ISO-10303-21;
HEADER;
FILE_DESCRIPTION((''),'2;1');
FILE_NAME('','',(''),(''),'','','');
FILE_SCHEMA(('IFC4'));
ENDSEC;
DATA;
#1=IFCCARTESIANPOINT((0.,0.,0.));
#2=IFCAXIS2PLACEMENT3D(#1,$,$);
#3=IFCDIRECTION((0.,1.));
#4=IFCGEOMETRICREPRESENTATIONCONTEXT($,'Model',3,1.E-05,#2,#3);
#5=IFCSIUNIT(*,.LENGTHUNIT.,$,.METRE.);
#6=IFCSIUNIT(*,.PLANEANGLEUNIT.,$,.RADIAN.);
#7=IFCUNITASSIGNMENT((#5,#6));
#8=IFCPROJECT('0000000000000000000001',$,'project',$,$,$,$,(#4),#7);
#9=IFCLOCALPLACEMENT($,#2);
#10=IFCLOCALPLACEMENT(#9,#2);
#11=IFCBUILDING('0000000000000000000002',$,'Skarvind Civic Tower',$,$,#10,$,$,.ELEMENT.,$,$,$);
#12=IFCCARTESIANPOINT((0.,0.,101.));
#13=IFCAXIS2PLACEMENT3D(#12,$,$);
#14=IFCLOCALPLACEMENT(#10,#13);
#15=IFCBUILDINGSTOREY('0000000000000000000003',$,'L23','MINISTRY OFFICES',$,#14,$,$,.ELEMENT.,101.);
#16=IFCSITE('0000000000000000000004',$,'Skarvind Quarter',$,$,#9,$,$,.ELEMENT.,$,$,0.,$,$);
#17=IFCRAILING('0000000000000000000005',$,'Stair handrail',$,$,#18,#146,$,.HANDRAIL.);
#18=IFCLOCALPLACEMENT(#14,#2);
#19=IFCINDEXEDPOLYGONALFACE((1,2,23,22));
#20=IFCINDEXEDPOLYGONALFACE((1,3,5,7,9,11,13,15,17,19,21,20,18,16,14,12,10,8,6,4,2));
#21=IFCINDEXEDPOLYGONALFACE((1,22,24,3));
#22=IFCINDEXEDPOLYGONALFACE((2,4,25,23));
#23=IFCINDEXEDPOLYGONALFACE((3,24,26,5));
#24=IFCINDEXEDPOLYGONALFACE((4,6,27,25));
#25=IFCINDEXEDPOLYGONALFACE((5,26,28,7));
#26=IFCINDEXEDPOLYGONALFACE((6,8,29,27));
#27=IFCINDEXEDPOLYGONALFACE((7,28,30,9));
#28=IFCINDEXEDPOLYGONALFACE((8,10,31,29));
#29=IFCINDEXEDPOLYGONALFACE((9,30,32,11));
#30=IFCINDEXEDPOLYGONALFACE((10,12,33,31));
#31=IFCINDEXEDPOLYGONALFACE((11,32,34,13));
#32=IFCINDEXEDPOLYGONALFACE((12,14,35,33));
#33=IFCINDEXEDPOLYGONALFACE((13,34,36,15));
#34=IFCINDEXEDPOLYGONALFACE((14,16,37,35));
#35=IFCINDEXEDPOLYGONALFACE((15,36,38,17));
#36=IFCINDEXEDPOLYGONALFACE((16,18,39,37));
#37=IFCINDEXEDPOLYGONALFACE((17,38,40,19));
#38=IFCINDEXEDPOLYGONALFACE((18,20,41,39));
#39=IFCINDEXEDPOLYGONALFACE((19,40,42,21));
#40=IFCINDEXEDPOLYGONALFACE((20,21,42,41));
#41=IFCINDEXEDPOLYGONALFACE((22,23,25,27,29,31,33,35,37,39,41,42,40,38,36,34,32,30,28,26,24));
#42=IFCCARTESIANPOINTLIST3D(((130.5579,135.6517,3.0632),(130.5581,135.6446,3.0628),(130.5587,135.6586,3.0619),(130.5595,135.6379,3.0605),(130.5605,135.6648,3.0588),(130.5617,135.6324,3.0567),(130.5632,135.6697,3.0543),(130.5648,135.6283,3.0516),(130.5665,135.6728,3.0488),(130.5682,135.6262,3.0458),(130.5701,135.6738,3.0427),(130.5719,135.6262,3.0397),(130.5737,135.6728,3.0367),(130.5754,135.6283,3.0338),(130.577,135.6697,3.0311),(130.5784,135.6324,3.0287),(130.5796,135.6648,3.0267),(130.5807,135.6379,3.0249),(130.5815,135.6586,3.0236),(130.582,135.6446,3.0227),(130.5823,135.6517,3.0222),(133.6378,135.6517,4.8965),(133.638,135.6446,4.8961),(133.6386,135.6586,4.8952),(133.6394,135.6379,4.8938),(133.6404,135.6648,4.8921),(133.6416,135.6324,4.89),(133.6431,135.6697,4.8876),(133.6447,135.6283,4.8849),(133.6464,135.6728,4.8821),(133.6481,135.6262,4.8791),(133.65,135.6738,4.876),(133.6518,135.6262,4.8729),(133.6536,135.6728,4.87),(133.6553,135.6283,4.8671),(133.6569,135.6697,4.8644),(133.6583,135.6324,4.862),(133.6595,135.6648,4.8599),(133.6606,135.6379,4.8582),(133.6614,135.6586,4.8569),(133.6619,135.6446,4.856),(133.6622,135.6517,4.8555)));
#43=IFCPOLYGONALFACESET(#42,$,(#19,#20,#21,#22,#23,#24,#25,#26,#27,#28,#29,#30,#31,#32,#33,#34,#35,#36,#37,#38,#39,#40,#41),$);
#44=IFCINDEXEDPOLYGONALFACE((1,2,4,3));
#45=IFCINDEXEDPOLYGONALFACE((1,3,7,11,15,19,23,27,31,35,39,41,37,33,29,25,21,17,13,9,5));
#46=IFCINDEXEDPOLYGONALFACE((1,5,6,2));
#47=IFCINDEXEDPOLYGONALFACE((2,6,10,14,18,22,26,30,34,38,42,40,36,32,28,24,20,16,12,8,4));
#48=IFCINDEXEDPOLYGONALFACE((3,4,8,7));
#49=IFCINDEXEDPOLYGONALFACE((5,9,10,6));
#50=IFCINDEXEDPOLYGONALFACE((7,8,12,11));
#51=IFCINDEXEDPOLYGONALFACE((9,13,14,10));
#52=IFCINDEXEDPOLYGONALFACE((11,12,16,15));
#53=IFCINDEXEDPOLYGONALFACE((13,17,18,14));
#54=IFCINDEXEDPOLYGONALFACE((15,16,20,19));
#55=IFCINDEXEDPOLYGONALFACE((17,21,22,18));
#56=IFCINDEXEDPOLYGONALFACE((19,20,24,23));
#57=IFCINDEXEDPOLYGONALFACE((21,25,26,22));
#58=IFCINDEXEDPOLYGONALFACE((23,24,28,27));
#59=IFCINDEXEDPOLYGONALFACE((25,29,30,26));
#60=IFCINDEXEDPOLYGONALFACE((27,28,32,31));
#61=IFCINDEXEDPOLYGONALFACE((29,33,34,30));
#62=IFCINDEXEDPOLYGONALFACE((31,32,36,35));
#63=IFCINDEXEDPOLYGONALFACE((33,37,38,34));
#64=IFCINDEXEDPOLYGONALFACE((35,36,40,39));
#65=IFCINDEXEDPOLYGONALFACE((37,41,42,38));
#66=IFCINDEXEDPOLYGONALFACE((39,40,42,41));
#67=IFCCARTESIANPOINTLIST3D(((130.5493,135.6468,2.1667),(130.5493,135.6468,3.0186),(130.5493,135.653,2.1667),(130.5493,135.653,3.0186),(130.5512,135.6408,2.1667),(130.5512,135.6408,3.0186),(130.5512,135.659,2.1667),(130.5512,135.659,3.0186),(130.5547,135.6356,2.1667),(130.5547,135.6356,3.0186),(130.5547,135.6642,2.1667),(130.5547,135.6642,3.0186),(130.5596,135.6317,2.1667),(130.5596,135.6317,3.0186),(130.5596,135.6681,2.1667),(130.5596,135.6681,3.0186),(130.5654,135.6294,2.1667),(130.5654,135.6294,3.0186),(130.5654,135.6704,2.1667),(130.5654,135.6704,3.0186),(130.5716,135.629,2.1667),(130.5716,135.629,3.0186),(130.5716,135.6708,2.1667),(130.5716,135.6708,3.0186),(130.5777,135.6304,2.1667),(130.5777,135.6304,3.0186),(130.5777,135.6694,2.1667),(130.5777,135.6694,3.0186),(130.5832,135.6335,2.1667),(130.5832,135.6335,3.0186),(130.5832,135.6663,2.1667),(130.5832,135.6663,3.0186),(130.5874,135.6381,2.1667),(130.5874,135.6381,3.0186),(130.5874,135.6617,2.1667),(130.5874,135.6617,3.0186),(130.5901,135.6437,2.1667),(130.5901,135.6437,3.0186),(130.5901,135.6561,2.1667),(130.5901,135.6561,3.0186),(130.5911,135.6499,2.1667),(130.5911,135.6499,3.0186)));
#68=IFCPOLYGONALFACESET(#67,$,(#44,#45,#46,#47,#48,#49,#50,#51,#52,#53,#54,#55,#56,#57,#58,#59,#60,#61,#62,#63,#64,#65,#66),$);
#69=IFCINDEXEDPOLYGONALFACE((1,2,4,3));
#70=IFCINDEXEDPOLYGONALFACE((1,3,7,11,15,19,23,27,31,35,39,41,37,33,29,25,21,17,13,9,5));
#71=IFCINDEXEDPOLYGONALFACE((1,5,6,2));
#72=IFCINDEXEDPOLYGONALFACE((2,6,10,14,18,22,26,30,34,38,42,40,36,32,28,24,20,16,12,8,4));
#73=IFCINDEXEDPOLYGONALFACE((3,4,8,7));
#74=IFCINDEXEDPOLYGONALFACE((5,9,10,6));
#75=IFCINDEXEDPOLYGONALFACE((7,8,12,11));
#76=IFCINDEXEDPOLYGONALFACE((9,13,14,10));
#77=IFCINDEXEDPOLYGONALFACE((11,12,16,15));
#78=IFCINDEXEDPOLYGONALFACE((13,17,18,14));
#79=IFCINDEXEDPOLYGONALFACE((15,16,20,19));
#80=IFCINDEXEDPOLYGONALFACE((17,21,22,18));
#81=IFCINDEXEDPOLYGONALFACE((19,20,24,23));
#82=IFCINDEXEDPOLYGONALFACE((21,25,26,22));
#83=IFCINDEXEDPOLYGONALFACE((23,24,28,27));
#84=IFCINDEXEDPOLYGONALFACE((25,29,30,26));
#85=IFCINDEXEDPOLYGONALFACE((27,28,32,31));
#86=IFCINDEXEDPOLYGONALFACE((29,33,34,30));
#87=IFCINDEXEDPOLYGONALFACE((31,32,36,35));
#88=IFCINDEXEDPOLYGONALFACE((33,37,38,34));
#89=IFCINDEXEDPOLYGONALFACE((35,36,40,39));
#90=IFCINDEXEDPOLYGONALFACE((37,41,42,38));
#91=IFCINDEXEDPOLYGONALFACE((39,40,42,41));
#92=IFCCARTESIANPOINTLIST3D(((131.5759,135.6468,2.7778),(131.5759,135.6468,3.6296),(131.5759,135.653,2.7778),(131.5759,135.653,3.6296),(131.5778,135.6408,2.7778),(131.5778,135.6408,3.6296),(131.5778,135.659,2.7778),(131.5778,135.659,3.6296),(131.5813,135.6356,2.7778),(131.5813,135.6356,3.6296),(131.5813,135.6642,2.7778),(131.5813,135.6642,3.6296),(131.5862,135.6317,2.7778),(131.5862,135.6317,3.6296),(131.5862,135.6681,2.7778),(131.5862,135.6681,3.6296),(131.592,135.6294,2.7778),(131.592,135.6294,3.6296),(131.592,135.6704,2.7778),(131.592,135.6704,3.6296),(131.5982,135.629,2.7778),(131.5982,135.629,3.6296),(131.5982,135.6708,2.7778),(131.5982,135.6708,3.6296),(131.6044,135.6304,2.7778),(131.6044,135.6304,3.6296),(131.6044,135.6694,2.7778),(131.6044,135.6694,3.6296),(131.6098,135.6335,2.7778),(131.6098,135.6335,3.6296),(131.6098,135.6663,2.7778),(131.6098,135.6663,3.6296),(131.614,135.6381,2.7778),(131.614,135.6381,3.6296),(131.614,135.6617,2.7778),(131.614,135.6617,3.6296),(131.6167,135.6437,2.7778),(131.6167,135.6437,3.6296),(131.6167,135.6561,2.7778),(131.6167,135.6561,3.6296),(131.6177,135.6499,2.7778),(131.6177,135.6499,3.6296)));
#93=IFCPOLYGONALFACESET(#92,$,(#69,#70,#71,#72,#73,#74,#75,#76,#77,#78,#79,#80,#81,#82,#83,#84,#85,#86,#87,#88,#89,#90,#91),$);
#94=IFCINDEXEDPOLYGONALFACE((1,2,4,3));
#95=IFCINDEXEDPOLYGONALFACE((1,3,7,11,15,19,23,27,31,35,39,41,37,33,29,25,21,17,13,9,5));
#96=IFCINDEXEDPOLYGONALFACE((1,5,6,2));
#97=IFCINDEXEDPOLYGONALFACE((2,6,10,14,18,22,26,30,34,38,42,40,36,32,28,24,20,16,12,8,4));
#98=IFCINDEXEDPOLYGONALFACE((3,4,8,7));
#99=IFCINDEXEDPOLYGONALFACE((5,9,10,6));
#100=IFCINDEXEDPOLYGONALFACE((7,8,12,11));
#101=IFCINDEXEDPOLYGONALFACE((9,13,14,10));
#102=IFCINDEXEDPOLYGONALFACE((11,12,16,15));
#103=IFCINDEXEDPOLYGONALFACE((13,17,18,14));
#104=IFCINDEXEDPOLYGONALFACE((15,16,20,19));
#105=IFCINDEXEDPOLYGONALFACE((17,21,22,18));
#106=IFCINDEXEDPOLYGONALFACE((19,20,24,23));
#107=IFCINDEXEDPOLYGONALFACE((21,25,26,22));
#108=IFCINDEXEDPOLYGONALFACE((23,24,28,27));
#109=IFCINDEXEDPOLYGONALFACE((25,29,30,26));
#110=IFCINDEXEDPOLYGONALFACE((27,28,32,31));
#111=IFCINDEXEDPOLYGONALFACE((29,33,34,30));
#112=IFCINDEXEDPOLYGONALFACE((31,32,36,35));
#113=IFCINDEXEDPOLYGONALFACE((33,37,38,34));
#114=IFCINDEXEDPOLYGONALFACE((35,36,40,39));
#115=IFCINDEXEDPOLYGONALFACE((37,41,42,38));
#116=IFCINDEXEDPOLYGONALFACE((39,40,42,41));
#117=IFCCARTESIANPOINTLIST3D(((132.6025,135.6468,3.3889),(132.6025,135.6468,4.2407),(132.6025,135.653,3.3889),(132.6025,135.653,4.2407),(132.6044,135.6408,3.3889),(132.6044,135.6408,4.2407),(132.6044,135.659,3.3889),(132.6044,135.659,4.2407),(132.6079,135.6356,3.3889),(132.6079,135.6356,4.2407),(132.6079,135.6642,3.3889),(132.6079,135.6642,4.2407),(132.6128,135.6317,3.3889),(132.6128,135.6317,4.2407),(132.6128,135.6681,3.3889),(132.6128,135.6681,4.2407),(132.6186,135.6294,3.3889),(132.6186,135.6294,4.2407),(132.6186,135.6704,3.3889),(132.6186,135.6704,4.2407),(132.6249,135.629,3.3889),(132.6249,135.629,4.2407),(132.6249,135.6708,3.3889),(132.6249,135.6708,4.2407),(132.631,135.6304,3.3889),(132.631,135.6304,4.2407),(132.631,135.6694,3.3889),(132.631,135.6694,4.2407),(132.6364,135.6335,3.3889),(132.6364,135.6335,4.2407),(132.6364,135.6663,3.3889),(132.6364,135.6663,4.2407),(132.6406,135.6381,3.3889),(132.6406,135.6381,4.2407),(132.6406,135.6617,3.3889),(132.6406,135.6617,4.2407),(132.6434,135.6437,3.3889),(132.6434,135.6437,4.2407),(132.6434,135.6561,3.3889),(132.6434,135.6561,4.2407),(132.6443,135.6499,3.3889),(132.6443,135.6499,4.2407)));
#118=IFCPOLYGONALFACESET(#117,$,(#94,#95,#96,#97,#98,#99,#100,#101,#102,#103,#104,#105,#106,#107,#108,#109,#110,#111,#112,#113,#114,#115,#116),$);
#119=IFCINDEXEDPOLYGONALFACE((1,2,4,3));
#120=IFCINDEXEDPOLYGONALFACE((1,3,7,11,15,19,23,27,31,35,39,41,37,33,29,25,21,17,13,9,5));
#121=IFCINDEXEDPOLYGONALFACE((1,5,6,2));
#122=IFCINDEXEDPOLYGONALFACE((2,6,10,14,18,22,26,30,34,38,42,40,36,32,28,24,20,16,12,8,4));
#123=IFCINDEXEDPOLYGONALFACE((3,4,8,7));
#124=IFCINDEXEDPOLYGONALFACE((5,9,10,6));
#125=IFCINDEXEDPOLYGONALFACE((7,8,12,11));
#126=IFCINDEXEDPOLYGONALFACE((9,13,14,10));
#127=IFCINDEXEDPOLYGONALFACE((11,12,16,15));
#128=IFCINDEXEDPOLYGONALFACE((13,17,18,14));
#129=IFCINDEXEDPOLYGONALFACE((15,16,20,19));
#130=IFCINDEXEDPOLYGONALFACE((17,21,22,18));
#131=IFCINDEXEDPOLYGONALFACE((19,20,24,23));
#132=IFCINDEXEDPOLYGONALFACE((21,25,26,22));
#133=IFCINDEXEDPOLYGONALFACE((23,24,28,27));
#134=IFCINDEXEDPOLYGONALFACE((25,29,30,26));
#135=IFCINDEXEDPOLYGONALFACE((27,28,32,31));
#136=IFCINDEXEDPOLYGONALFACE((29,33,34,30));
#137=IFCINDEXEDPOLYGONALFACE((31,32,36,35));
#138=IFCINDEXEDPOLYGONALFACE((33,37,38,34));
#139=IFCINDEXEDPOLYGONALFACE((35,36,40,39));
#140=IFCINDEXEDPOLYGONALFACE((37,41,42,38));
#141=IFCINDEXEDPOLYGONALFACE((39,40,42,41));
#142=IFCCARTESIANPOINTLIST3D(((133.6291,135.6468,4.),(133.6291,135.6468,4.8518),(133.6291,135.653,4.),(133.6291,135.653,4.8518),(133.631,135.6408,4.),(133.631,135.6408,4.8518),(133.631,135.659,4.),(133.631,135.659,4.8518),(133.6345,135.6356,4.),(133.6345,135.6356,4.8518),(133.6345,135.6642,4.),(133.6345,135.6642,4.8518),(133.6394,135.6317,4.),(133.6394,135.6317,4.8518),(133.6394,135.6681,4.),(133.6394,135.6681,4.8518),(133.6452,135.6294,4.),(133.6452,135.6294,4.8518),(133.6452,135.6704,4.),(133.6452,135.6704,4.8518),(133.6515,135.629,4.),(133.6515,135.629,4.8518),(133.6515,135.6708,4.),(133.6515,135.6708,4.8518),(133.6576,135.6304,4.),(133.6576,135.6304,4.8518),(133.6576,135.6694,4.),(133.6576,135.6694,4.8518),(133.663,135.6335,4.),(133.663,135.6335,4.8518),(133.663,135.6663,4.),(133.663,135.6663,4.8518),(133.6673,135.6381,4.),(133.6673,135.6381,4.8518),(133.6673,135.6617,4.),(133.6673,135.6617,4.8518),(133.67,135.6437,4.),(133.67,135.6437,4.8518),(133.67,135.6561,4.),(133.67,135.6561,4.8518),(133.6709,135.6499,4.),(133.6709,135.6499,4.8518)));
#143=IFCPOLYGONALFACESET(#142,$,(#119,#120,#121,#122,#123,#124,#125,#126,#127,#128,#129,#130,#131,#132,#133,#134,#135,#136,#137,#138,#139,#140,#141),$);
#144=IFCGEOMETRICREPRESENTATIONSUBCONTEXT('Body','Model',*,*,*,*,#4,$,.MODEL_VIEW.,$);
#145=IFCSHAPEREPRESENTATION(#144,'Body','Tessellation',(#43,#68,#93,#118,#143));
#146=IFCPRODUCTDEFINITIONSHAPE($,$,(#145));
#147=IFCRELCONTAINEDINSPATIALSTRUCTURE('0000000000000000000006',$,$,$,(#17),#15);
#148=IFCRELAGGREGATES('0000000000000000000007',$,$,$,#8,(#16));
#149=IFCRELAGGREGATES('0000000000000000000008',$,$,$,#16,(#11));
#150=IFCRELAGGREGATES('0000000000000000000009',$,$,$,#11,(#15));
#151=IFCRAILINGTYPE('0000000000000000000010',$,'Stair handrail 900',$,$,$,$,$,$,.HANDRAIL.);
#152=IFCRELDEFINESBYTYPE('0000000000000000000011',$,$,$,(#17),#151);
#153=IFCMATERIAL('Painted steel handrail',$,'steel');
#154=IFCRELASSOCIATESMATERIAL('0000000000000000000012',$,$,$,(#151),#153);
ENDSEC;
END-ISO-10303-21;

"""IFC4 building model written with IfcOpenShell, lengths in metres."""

from ifc_helpers import new_model, si_unit, direction, frame, origin, origin_2d, place, context, subcontext, project, spatial, circle, extrude, material, type_object, element, save


model = new_model("IFC4")

# Units and contexts
model_context = context("Model", 3, precision=1e-05, world=origin(), true_north=direction((0.0, 1.0)))
body_context = subcontext(model_context, "Body", "Model", "MODEL_VIEW")
ifc_project = project(units=[si_unit("LENGTHUNIT", "METRE"), si_unit("PLANEANGLEUNIT", "RADIAN")], contexts=[model_context])

# Site, building, storey
site_placement = place(None, origin())
site = spatial("IfcSite", under=ifc_project, at=site_placement, Name="Skarvind Quarter", CompositionType="ELEMENT", RefElevation=0.0)
building_placement = place(site_placement, origin())
building = spatial("IfcBuilding", under=site, at=building_placement, Name="Skarvind Civic Tower", CompositionType="ELEMENT")
storey_placement = place(building_placement, frame((0.0, 0.0, 101.0)))
storey = spatial("IfcBuildingStorey", under=building, at=storey_placement, Name="L23", Description="MINISTRY OFFICES", CompositionType="ELEMENT", Elevation=101.0)

# Railing
ifc_material_1 = material(Name="Painted steel handrail", Category="steel")
railing_type = type_object("IfcRailingType", Name="Stair handrail 900", PredefinedType="HANDRAIL", material=ifc_material_1)
railing_1_placement = place(storey_placement, frame((130.5701, 135.6499, 2.1667)))
element("IfcRailing", 1, at=railing_1_placement, inside=storey, type_object=railing_type, Name="Stair handrail", PredefinedType="HANDRAIL", context=body_context, shape_type="SweptSolid", body=[
    extrude(circle(Radius=0.0239, at=origin_2d()), frame((0.0, 0.0, 0.876), z_axis=(0.859291, 0.0, 0.511487), x_axis=(0.0, 1.0, 0.0)), (0.0, 0.0, 1.0), 3.5842),
    extrude(circle(Radius=0.021, at=origin_2d()), origin(), (0.0, 0.0, 1.0), 0.8518),
    extrude(circle(Radius=0.021, at=origin_2d()), frame((1.0266, 0.0, 0.6111)), (0.0, 0.0, 1.0), 0.8518),
    extrude(circle(Radius=0.021, at=origin_2d()), frame((2.0532, 0.0, 1.2222)), (0.0, 0.0, 1.0), 0.8518),
    extrude(circle(Radius=0.021, at=origin_2d()), frame((3.0798, 0.0, 1.8333)), (0.0, 0.0, 1.0), 0.8518),
])

save(model, "model.ifc")
